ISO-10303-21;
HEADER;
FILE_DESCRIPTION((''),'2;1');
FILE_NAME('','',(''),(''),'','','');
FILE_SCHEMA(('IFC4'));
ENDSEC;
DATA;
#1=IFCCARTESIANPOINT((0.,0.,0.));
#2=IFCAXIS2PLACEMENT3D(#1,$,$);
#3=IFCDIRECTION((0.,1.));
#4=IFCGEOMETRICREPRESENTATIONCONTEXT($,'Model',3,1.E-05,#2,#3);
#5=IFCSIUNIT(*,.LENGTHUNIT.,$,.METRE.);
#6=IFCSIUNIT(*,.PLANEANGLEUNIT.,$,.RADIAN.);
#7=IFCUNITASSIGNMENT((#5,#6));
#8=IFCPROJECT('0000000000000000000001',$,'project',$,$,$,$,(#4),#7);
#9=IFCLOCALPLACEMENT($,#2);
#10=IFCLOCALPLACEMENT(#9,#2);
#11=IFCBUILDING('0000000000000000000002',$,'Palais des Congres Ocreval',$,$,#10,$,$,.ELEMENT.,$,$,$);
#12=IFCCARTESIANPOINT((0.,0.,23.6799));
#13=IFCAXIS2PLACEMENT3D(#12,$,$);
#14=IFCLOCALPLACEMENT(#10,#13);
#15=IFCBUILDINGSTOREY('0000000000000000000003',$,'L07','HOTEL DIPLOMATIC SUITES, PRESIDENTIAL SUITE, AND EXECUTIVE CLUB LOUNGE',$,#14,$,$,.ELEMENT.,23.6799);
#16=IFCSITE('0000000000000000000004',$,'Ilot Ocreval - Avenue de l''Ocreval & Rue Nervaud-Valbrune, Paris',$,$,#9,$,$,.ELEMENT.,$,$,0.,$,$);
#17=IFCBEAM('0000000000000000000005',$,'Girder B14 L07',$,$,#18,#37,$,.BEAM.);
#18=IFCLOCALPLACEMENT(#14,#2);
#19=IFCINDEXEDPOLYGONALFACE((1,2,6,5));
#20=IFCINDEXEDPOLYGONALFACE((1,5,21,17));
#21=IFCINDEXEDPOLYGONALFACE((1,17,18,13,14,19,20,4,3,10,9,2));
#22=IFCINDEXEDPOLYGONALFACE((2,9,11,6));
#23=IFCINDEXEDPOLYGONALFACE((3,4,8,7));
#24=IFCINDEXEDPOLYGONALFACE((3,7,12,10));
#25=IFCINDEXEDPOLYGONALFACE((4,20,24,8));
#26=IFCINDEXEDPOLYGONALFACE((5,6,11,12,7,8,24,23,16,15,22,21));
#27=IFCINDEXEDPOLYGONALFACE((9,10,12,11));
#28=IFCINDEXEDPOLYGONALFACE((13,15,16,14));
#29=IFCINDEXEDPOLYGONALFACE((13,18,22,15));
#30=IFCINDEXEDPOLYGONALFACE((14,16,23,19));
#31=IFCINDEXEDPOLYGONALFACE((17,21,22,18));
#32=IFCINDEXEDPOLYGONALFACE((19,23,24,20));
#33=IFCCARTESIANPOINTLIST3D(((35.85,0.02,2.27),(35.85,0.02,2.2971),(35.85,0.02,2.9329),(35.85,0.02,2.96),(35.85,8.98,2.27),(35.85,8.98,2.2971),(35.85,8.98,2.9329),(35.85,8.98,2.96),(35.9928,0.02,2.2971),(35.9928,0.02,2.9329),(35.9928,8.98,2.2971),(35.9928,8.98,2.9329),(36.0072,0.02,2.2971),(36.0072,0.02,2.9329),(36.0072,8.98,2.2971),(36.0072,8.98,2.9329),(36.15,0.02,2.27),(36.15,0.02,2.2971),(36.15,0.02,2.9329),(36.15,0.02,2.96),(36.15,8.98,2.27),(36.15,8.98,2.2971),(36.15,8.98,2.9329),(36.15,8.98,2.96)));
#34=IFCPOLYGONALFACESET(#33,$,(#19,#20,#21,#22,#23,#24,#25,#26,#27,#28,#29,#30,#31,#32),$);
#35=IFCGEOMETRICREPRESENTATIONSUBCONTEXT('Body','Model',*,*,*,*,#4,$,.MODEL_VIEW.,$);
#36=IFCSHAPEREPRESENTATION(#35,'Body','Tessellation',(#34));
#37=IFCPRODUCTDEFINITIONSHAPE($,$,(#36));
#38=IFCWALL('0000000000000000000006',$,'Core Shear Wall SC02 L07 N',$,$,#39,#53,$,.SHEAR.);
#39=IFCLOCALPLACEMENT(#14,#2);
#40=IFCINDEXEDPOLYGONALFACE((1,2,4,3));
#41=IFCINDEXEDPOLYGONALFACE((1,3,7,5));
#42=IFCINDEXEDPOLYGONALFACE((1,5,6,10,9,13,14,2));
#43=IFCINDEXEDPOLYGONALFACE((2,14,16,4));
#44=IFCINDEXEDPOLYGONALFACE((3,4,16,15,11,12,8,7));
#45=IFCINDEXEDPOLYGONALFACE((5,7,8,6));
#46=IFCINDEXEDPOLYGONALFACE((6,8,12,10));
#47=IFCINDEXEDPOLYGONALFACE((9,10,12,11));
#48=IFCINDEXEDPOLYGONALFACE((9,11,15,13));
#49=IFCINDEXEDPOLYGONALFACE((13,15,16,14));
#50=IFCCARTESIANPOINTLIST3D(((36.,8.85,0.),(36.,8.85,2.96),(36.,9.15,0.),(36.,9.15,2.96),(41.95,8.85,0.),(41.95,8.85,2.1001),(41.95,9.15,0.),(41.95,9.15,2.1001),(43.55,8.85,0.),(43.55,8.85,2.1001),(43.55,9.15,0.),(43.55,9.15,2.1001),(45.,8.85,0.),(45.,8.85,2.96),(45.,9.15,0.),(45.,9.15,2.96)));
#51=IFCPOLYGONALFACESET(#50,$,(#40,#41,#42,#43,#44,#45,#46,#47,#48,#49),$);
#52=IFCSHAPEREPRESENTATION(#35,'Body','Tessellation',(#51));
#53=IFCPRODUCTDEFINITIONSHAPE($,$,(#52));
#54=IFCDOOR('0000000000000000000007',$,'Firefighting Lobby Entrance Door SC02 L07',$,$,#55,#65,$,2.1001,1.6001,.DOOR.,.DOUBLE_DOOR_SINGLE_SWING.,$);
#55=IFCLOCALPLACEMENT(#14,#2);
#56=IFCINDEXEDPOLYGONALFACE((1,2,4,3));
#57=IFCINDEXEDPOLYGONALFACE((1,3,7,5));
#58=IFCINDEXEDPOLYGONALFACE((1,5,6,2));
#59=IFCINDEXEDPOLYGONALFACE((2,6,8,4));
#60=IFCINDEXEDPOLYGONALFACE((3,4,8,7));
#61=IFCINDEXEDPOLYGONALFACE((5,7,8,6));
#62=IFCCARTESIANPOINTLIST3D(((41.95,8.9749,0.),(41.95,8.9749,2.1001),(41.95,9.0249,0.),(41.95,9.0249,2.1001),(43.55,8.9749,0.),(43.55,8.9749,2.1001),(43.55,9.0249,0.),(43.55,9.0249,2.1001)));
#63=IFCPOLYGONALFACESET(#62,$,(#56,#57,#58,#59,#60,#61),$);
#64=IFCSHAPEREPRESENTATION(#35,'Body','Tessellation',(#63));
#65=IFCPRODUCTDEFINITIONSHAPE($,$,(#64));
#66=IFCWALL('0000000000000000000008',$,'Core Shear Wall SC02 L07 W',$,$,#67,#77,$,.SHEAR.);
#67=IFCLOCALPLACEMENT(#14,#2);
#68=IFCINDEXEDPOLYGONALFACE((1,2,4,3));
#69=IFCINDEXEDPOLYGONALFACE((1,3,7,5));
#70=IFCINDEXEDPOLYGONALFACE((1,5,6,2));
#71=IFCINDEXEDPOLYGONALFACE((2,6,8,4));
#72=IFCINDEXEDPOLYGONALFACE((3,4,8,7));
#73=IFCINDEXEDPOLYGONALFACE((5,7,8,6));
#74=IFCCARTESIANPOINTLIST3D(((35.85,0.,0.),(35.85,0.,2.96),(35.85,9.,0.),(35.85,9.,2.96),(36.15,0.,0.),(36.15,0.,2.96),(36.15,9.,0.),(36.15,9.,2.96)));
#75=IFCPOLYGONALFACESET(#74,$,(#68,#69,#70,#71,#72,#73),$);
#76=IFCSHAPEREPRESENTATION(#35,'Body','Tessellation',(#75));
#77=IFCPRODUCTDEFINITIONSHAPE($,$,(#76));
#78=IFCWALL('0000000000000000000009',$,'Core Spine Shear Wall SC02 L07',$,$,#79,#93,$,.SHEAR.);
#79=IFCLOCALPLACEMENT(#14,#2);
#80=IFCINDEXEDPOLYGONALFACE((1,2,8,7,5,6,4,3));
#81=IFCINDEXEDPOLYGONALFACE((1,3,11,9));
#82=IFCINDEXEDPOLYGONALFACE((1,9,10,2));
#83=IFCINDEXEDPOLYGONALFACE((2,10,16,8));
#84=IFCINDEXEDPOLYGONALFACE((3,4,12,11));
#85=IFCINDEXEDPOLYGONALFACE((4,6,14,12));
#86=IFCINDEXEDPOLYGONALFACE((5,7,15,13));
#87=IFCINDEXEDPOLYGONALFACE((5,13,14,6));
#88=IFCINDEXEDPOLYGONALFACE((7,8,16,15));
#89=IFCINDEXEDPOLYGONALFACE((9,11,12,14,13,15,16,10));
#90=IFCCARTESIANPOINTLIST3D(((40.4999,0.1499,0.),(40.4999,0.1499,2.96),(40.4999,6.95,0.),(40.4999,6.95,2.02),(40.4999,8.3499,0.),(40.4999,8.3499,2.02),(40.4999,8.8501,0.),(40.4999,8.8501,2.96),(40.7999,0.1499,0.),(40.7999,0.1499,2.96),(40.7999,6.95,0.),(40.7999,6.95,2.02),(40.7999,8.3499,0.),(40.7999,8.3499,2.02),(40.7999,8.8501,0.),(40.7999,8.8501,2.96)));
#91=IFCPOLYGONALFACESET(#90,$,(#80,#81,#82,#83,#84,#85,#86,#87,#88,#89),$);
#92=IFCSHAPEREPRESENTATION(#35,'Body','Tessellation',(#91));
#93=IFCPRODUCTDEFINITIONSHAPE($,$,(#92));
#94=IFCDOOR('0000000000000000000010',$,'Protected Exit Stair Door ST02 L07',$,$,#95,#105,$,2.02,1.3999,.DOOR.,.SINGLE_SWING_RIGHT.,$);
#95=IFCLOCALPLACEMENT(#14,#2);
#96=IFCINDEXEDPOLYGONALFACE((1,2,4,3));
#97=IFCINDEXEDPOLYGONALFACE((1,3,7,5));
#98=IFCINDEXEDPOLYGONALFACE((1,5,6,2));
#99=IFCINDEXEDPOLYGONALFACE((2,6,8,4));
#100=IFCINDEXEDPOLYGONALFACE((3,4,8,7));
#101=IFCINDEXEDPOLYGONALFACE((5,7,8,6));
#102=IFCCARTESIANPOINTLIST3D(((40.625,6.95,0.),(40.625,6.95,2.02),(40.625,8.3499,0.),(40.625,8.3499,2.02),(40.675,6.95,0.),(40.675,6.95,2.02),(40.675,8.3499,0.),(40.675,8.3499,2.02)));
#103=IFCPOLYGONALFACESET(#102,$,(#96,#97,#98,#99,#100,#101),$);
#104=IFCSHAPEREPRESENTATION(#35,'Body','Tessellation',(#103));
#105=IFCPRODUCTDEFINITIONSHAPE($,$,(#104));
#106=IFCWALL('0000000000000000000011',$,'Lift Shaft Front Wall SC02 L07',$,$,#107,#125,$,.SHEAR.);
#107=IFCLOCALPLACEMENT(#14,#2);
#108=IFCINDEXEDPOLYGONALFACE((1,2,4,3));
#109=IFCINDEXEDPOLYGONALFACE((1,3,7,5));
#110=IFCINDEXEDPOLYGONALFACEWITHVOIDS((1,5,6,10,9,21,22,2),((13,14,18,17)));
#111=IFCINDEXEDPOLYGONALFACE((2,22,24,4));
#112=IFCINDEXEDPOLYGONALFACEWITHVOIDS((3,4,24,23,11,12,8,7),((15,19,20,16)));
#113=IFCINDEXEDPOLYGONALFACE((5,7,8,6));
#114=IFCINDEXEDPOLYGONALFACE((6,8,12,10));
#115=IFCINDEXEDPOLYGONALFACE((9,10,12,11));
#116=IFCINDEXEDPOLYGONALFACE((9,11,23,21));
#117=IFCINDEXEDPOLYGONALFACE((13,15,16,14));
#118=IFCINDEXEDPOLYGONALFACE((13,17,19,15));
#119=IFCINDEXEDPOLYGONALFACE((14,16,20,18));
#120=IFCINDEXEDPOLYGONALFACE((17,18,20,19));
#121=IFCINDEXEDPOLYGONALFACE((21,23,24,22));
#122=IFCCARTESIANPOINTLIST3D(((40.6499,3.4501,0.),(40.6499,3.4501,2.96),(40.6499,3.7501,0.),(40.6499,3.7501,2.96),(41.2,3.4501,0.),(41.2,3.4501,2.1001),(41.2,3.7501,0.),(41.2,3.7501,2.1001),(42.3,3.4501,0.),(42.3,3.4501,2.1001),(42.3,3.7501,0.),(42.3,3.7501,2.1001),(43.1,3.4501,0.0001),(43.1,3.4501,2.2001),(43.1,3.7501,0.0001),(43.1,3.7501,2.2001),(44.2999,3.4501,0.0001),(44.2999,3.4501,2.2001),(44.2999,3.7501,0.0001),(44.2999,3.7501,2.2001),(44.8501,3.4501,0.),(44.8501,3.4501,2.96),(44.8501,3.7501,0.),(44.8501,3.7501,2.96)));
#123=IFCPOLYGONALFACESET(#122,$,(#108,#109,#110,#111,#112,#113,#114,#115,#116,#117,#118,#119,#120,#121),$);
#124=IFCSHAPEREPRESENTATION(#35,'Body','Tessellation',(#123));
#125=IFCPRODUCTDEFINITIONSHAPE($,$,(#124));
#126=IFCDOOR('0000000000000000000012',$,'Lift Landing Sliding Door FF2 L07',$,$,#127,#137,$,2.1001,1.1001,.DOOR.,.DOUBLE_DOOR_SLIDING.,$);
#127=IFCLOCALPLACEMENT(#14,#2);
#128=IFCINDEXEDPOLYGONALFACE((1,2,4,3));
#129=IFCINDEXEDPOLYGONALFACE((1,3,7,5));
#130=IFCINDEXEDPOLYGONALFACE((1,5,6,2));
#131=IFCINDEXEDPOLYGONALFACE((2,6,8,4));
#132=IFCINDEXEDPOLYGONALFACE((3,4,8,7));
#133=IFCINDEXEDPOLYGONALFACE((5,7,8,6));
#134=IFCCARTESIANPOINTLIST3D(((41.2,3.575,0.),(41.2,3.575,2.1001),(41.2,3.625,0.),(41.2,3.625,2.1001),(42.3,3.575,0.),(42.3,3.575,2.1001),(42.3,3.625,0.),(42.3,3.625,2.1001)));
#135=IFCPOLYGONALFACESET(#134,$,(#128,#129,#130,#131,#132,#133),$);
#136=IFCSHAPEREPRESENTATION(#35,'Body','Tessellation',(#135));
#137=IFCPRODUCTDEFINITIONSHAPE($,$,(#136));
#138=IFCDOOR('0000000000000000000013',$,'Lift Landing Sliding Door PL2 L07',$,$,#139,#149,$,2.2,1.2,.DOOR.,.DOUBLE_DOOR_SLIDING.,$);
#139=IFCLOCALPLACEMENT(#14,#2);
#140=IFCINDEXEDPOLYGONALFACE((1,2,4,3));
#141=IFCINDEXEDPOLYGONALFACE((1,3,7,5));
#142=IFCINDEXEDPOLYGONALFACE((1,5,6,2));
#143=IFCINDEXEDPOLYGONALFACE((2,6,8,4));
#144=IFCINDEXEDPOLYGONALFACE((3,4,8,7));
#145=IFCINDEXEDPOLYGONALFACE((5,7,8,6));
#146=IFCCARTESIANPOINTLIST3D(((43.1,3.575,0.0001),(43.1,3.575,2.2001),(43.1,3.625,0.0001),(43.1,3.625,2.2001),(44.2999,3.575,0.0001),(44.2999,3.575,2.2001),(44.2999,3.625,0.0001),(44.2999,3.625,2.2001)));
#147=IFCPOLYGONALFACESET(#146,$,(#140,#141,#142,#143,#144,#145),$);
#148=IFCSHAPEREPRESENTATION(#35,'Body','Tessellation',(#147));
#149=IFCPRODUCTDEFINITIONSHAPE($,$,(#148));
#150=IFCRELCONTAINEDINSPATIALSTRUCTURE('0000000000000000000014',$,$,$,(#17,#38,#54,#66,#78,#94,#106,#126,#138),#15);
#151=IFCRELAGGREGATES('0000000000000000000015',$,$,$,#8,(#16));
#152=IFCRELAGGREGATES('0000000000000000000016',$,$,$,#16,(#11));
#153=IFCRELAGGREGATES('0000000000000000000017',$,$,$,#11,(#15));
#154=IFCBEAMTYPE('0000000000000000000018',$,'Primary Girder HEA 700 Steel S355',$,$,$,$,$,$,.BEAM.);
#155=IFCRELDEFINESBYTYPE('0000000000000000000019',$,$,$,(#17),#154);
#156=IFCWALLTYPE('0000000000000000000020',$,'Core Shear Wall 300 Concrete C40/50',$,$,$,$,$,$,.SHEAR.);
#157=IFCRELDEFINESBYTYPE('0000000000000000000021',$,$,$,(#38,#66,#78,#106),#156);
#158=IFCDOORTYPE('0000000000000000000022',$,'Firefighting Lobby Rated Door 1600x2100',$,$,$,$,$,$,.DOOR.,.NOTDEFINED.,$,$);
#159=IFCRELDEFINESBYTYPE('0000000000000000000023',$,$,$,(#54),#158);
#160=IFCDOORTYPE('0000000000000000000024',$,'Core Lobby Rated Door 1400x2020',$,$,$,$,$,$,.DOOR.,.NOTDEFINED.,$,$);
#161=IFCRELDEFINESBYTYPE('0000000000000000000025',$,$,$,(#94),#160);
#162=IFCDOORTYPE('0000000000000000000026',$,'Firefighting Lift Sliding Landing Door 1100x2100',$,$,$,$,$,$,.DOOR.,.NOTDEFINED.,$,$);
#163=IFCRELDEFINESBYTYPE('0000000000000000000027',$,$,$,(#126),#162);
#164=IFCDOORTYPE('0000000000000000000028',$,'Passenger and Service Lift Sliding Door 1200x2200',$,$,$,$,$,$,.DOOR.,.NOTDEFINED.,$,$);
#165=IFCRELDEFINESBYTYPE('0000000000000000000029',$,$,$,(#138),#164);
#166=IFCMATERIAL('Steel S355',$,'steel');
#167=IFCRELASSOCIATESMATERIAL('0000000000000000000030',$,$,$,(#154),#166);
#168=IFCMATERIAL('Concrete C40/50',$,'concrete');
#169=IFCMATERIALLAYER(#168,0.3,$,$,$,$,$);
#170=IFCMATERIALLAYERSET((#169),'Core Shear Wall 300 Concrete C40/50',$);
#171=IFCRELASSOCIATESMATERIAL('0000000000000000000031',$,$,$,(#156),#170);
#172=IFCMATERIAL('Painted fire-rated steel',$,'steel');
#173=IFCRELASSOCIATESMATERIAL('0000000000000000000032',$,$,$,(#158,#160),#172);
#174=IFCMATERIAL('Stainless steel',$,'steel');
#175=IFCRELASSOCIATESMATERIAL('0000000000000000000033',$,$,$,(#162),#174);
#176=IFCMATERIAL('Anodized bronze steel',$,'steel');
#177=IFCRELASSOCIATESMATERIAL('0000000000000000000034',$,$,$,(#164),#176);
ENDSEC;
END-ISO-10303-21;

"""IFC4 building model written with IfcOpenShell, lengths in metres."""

from ifc_helpers import new_model, si_unit, direction, frame, frame_2d, origin, origin_2d, place, context, subcontext, project, spatial, rectangle, i_section, extrude, material, layer, layer_set, material_profile, profile_set, type_object, element, fill, save


model = new_model("IFC4")

# Units and contexts
model_context = context("Model", 3, precision=1e-05, world=origin(), true_north=direction((0.0, 1.0)))
body_context = subcontext(model_context, "Body", "Model", "MODEL_VIEW")
ifc_project = project(units=[si_unit("LENGTHUNIT", "METRE"), si_unit("PLANEANGLEUNIT", "RADIAN")], contexts=[model_context])

# Site, building, storey
site_placement = place(None, origin())
site = spatial("IfcSite", under=ifc_project, at=site_placement, Name="Ilot Ocreval - Avenue de l'Ocreval & Rue Nervaud-Valbrune, Paris", CompositionType="ELEMENT", RefElevation=0.0)
building_placement = place(site_placement, origin())
building = spatial("IfcBuilding", under=site, at=building_placement, Name="Palais des Congres Ocreval", CompositionType="ELEMENT")
storey_placement = place(building_placement, frame((0.0, 0.0, 23.6799)))
storey = spatial("IfcBuildingStorey", under=building, at=storey_placement, Name="L07", Description="HOTEL DIPLOMATIC SUITES, PRESIDENTIAL SUITE, AND EXECUTIVE CLUB LOUNGE", CompositionType="ELEMENT", Elevation=23.6799)

# Shared definitions
ifc_material_1 = material(Name="Steel S355", Category="steel")

# Beam
ifc_material_profile_1 = material_profile(ifc_material_1, i_section(OverallWidth=0.3, OverallDepth=0.6899, WebThickness=0.0144, FlangeThickness=0.0271, at=origin_2d()), Name="HEA 700")
ifc_profile_set_1 = profile_set([ifc_material_profile_1], Name="Steel S355")
beam_type_1 = type_object("IfcBeamType", Name="Primary Girder HEA 700 Steel S355", PredefinedType="BEAM", material=ifc_profile_set_1)
beam_1_placement = place(storey_placement, frame((36.0, 0.02, 2.615), z_axis=(0.0, 1.0, 0.0), x_axis=(-1.0, 0.0, 0.0)))
element("IfcBeam", 1, at=beam_1_placement, inside=storey, type_object=beam_type_1, Name="Girder B14 L07", PredefinedType="BEAM", context=body_context, shape_type="SweptSolid", body=[
    extrude(i_section(OverallWidth=0.3, OverallDepth=0.6899, WebThickness=0.0144, FlangeThickness=0.0271, at=origin_2d()), origin(), (0.0, 0.0, 1.0), 8.96),
])

# Wall, opening, door
ifc_material_2 = material(Name="Concrete C40/50", Category="concrete")
ifc_layer_1 = layer(ifc_material_2, 0.3)
ifc_layer_set_1 = layer_set([ifc_layer_1], Name="Core Shear Wall 300 Concrete C40/50")
wall_type_1 = type_object("IfcWallType", Name="Core Shear Wall 300 Concrete C40/50", PredefinedType="SHEAR", material=ifc_layer_set_1)
wall_1_placement = place(storey_placement, frame((36.0, 9.0, 0.0), z_axis=(0.0, 0.0, 1.0), x_axis=(1.0, 0.0, 0.0)))
wall_1 = element("IfcWall", 2, at=wall_1_placement, inside=storey, type_object=wall_type_1, Name="Core Shear Wall SC02 L07 N", PredefinedType="SHEAR", context=body_context, shape_type="SweptSolid", body=[
    extrude(rectangle(XDim=9.0, YDim=0.3, at=frame_2d((4.5, 0.0))), origin(), (0.0, 0.0, 1.0), 2.96),
])
opening_1_placement = place(wall_1_placement, frame((5.95, 0.0, 0.0)))
opening_1 = element("IfcOpeningElement", 3, at=opening_1_placement, cuts=wall_1, PredefinedType="OPENING", context=body_context, shape_type="SweptSolid", body=[
    extrude(rectangle(XDim=1.6001, YDim=2.1001, at=frame_2d((0.8, 1.05))), frame((0.0, 0.1599, 0.0), z_axis=(0.0, -1.0, 0.0), x_axis=(1.0, 0.0, 0.0)), (0.0, 0.0, 1.0), 0.3201),
])
ifc_material_3 = material(Name="Painted fire-rated steel", Category="steel")
door_type_1 = type_object("IfcDoorType", Name="Firefighting Lobby Rated Door 1600x2100", OperationType="NOTDEFINED", PredefinedType="DOOR", material=ifc_material_3)
door_1_placement = place(opening_1_placement, origin())
door_1 = element("IfcDoor", 4, at=door_1_placement, inside=storey, type_object=door_type_1, Name="Firefighting Lobby Entrance Door SC02 L07", OperationType="DOUBLE_DOOR_SINGLE_SWING", OverallHeight=2.1001, OverallWidth=1.6001, PredefinedType="DOOR", context=body_context, shape_type="SweptSolid", body=[
    extrude(rectangle(XDim=1.6001, YDim=2.1001, at=frame_2d((0.8, 1.05))), frame((0.0, 0.0249, 0.0), z_axis=(0.0, -1.0, 0.0), x_axis=(1.0, 0.0, 0.0)), (0.0, 0.0, 1.0), 0.05),
])
fill(opening_1, door_1)

# Wall
wall_2_placement = place(storey_placement, frame((36.0, 0.0, 0.0), z_axis=(0.0, 0.0, 1.0), x_axis=(0.0, 1.0, 0.0)))
element("IfcWall", 5, at=wall_2_placement, inside=storey, type_object=wall_type_1, Name="Core Shear Wall SC02 L07 W", PredefinedType="SHEAR", context=body_context, shape_type="SweptSolid", body=[
    extrude(rectangle(XDim=9.0, YDim=0.3, at=frame_2d((4.5, 0.0))), origin(), (0.0, 0.0, 1.0), 2.96),
])

# Wall, opening, door
wall_3_placement = place(storey_placement, frame((40.6499, 0.1499, 0.0), z_axis=(0.0, 0.0, 1.0), x_axis=(0.0, 1.0, 0.0)))
wall_3 = element("IfcWall", 6, at=wall_3_placement, inside=storey, type_object=wall_type_1, Name="Core Spine Shear Wall SC02 L07", PredefinedType="SHEAR", context=body_context, shape_type="SweptSolid", body=[
    extrude(rectangle(XDim=8.7002, YDim=0.3, at=frame_2d((4.3501, 0.0))), origin(), (0.0, 0.0, 1.0), 2.96),
])
opening_2_placement = place(wall_3_placement, frame((6.8, 0.0, 0.0)))
opening_2 = element("IfcOpeningElement", 7, at=opening_2_placement, cuts=wall_3, PredefinedType="OPENING", context=body_context, shape_type="SweptSolid", body=[
    extrude(rectangle(XDim=1.3999, YDim=2.02, at=frame_2d((0.7, 1.01))), frame((0.0, 0.1599, 0.0), z_axis=(0.0, -1.0, 0.0), x_axis=(1.0, 0.0, 0.0)), (0.0, 0.0, 1.0), 0.3201),
])
door_type_2 = type_object("IfcDoorType", Name="Core Lobby Rated Door 1400x2020", OperationType="NOTDEFINED", PredefinedType="DOOR", material=ifc_material_3)
door_2_placement = place(opening_2_placement, origin())
door_2 = element("IfcDoor", 8, at=door_2_placement, inside=storey, type_object=door_type_2, Name="Protected Exit Stair Door ST02 L07", OperationType="SINGLE_SWING_RIGHT", OverallHeight=2.02, OverallWidth=1.3999, PredefinedType="DOOR", context=body_context, shape_type="SweptSolid", body=[
    extrude(rectangle(XDim=1.3999, YDim=2.02, at=frame_2d((0.7, 1.01))), frame((0.0, 0.0249, 0.0), z_axis=(0.0, -1.0, 0.0), x_axis=(1.0, 0.0, 0.0)), (0.0, 0.0, 1.0), 0.05),
])
fill(opening_2, door_2)

# Wall, openings, doors
wall_4_placement = place(storey_placement, frame((40.6499, 3.6001, 0.0), z_axis=(0.0, 0.0, 1.0), x_axis=(1.0, 0.0, 0.0)))
wall_4 = element("IfcWall", 9, at=wall_4_placement, inside=storey, type_object=wall_type_1, Name="Lift Shaft Front Wall SC02 L07", PredefinedType="SHEAR", context=body_context, shape_type="SweptSolid", body=[
    extrude(rectangle(XDim=4.2002, YDim=0.3, at=frame_2d((2.1001, 0.0))), origin(), (0.0, 0.0, 1.0), 2.96),
])
opening_3_placement = place(wall_4_placement, frame((0.55, 0.0, 0.0)))
opening_3 = element("IfcOpeningElement", 10, at=opening_3_placement, cuts=wall_4, PredefinedType="OPENING", context=body_context, shape_type="SweptSolid", body=[
    extrude(rectangle(XDim=1.1001, YDim=2.1001, at=frame_2d((0.55, 1.05))), frame((0.0, 0.1599, 0.0), z_axis=(0.0, -1.0, 0.0), x_axis=(1.0, 0.0, 0.0)), (0.0, 0.0, 1.0), 0.3201),
])
opening_4_placement = place(wall_4_placement, frame((2.45, 0.0, 0.0)))
opening_4 = element("IfcOpeningElement", 11, at=opening_4_placement, cuts=wall_4, PredefinedType="OPENING", context=body_context, shape_type="SweptSolid", body=[
    extrude(rectangle(XDim=1.2, YDim=2.2, at=frame_2d((0.6001, 1.1001))), frame((0.0, 0.1599, 0.0), z_axis=(0.0, -1.0, 0.0), x_axis=(1.0, 0.0, 0.0)), (0.0, 0.0, 1.0), 0.3201),
])
ifc_material_4 = material(Name="Stainless steel", Category="steel")
door_type_3 = type_object("IfcDoorType", Name="Firefighting Lift Sliding Landing Door 1100x2100", OperationType="NOTDEFINED", PredefinedType="DOOR", material=ifc_material_4)
door_3_placement = place(opening_3_placement, origin())
door_3 = element("IfcDoor", 12, at=door_3_placement, inside=storey, type_object=door_type_3, Name="Lift Landing Sliding Door FF2 L07", OperationType="DOUBLE_DOOR_SLIDING", OverallHeight=2.1001, OverallWidth=1.1001, PredefinedType="DOOR", context=body_context, shape_type="SweptSolid", body=[
    extrude(rectangle(XDim=1.1001, YDim=2.1001, at=frame_2d((0.55, 1.05))), frame((0.0, 0.0249, 0.0), z_axis=(0.0, -1.0, 0.0), x_axis=(1.0, 0.0, 0.0)), (0.0, 0.0, 1.0), 0.05),
])
fill(opening_3, door_3)
ifc_material_5 = material(Name="Anodized bronze steel", Category="steel")
door_type_4 = type_object("IfcDoorType", Name="Passenger and Service Lift Sliding Door 1200x2200", OperationType="NOTDEFINED", PredefinedType="DOOR", material=ifc_material_5)
door_4_placement = place(opening_4_placement, origin())
door_4 = element("IfcDoor", 13, at=door_4_placement, inside=storey, type_object=door_type_4, Name="Lift Landing Sliding Door PL2 L07", OperationType="DOUBLE_DOOR_SLIDING", OverallHeight=2.2, OverallWidth=1.2, PredefinedType="DOOR", context=body_context, shape_type="SweptSolid", body=[
    extrude(rectangle(XDim=1.2, YDim=2.2, at=frame_2d((0.6001, 1.1001))), frame((0.0, 0.0249, 0.0), z_axis=(0.0, -1.0, 0.0), x_axis=(1.0, 0.0, 0.0)), (0.0, 0.0, 1.0), 0.05),
])
fill(opening_4, door_4)

save(model, "model.ifc")
